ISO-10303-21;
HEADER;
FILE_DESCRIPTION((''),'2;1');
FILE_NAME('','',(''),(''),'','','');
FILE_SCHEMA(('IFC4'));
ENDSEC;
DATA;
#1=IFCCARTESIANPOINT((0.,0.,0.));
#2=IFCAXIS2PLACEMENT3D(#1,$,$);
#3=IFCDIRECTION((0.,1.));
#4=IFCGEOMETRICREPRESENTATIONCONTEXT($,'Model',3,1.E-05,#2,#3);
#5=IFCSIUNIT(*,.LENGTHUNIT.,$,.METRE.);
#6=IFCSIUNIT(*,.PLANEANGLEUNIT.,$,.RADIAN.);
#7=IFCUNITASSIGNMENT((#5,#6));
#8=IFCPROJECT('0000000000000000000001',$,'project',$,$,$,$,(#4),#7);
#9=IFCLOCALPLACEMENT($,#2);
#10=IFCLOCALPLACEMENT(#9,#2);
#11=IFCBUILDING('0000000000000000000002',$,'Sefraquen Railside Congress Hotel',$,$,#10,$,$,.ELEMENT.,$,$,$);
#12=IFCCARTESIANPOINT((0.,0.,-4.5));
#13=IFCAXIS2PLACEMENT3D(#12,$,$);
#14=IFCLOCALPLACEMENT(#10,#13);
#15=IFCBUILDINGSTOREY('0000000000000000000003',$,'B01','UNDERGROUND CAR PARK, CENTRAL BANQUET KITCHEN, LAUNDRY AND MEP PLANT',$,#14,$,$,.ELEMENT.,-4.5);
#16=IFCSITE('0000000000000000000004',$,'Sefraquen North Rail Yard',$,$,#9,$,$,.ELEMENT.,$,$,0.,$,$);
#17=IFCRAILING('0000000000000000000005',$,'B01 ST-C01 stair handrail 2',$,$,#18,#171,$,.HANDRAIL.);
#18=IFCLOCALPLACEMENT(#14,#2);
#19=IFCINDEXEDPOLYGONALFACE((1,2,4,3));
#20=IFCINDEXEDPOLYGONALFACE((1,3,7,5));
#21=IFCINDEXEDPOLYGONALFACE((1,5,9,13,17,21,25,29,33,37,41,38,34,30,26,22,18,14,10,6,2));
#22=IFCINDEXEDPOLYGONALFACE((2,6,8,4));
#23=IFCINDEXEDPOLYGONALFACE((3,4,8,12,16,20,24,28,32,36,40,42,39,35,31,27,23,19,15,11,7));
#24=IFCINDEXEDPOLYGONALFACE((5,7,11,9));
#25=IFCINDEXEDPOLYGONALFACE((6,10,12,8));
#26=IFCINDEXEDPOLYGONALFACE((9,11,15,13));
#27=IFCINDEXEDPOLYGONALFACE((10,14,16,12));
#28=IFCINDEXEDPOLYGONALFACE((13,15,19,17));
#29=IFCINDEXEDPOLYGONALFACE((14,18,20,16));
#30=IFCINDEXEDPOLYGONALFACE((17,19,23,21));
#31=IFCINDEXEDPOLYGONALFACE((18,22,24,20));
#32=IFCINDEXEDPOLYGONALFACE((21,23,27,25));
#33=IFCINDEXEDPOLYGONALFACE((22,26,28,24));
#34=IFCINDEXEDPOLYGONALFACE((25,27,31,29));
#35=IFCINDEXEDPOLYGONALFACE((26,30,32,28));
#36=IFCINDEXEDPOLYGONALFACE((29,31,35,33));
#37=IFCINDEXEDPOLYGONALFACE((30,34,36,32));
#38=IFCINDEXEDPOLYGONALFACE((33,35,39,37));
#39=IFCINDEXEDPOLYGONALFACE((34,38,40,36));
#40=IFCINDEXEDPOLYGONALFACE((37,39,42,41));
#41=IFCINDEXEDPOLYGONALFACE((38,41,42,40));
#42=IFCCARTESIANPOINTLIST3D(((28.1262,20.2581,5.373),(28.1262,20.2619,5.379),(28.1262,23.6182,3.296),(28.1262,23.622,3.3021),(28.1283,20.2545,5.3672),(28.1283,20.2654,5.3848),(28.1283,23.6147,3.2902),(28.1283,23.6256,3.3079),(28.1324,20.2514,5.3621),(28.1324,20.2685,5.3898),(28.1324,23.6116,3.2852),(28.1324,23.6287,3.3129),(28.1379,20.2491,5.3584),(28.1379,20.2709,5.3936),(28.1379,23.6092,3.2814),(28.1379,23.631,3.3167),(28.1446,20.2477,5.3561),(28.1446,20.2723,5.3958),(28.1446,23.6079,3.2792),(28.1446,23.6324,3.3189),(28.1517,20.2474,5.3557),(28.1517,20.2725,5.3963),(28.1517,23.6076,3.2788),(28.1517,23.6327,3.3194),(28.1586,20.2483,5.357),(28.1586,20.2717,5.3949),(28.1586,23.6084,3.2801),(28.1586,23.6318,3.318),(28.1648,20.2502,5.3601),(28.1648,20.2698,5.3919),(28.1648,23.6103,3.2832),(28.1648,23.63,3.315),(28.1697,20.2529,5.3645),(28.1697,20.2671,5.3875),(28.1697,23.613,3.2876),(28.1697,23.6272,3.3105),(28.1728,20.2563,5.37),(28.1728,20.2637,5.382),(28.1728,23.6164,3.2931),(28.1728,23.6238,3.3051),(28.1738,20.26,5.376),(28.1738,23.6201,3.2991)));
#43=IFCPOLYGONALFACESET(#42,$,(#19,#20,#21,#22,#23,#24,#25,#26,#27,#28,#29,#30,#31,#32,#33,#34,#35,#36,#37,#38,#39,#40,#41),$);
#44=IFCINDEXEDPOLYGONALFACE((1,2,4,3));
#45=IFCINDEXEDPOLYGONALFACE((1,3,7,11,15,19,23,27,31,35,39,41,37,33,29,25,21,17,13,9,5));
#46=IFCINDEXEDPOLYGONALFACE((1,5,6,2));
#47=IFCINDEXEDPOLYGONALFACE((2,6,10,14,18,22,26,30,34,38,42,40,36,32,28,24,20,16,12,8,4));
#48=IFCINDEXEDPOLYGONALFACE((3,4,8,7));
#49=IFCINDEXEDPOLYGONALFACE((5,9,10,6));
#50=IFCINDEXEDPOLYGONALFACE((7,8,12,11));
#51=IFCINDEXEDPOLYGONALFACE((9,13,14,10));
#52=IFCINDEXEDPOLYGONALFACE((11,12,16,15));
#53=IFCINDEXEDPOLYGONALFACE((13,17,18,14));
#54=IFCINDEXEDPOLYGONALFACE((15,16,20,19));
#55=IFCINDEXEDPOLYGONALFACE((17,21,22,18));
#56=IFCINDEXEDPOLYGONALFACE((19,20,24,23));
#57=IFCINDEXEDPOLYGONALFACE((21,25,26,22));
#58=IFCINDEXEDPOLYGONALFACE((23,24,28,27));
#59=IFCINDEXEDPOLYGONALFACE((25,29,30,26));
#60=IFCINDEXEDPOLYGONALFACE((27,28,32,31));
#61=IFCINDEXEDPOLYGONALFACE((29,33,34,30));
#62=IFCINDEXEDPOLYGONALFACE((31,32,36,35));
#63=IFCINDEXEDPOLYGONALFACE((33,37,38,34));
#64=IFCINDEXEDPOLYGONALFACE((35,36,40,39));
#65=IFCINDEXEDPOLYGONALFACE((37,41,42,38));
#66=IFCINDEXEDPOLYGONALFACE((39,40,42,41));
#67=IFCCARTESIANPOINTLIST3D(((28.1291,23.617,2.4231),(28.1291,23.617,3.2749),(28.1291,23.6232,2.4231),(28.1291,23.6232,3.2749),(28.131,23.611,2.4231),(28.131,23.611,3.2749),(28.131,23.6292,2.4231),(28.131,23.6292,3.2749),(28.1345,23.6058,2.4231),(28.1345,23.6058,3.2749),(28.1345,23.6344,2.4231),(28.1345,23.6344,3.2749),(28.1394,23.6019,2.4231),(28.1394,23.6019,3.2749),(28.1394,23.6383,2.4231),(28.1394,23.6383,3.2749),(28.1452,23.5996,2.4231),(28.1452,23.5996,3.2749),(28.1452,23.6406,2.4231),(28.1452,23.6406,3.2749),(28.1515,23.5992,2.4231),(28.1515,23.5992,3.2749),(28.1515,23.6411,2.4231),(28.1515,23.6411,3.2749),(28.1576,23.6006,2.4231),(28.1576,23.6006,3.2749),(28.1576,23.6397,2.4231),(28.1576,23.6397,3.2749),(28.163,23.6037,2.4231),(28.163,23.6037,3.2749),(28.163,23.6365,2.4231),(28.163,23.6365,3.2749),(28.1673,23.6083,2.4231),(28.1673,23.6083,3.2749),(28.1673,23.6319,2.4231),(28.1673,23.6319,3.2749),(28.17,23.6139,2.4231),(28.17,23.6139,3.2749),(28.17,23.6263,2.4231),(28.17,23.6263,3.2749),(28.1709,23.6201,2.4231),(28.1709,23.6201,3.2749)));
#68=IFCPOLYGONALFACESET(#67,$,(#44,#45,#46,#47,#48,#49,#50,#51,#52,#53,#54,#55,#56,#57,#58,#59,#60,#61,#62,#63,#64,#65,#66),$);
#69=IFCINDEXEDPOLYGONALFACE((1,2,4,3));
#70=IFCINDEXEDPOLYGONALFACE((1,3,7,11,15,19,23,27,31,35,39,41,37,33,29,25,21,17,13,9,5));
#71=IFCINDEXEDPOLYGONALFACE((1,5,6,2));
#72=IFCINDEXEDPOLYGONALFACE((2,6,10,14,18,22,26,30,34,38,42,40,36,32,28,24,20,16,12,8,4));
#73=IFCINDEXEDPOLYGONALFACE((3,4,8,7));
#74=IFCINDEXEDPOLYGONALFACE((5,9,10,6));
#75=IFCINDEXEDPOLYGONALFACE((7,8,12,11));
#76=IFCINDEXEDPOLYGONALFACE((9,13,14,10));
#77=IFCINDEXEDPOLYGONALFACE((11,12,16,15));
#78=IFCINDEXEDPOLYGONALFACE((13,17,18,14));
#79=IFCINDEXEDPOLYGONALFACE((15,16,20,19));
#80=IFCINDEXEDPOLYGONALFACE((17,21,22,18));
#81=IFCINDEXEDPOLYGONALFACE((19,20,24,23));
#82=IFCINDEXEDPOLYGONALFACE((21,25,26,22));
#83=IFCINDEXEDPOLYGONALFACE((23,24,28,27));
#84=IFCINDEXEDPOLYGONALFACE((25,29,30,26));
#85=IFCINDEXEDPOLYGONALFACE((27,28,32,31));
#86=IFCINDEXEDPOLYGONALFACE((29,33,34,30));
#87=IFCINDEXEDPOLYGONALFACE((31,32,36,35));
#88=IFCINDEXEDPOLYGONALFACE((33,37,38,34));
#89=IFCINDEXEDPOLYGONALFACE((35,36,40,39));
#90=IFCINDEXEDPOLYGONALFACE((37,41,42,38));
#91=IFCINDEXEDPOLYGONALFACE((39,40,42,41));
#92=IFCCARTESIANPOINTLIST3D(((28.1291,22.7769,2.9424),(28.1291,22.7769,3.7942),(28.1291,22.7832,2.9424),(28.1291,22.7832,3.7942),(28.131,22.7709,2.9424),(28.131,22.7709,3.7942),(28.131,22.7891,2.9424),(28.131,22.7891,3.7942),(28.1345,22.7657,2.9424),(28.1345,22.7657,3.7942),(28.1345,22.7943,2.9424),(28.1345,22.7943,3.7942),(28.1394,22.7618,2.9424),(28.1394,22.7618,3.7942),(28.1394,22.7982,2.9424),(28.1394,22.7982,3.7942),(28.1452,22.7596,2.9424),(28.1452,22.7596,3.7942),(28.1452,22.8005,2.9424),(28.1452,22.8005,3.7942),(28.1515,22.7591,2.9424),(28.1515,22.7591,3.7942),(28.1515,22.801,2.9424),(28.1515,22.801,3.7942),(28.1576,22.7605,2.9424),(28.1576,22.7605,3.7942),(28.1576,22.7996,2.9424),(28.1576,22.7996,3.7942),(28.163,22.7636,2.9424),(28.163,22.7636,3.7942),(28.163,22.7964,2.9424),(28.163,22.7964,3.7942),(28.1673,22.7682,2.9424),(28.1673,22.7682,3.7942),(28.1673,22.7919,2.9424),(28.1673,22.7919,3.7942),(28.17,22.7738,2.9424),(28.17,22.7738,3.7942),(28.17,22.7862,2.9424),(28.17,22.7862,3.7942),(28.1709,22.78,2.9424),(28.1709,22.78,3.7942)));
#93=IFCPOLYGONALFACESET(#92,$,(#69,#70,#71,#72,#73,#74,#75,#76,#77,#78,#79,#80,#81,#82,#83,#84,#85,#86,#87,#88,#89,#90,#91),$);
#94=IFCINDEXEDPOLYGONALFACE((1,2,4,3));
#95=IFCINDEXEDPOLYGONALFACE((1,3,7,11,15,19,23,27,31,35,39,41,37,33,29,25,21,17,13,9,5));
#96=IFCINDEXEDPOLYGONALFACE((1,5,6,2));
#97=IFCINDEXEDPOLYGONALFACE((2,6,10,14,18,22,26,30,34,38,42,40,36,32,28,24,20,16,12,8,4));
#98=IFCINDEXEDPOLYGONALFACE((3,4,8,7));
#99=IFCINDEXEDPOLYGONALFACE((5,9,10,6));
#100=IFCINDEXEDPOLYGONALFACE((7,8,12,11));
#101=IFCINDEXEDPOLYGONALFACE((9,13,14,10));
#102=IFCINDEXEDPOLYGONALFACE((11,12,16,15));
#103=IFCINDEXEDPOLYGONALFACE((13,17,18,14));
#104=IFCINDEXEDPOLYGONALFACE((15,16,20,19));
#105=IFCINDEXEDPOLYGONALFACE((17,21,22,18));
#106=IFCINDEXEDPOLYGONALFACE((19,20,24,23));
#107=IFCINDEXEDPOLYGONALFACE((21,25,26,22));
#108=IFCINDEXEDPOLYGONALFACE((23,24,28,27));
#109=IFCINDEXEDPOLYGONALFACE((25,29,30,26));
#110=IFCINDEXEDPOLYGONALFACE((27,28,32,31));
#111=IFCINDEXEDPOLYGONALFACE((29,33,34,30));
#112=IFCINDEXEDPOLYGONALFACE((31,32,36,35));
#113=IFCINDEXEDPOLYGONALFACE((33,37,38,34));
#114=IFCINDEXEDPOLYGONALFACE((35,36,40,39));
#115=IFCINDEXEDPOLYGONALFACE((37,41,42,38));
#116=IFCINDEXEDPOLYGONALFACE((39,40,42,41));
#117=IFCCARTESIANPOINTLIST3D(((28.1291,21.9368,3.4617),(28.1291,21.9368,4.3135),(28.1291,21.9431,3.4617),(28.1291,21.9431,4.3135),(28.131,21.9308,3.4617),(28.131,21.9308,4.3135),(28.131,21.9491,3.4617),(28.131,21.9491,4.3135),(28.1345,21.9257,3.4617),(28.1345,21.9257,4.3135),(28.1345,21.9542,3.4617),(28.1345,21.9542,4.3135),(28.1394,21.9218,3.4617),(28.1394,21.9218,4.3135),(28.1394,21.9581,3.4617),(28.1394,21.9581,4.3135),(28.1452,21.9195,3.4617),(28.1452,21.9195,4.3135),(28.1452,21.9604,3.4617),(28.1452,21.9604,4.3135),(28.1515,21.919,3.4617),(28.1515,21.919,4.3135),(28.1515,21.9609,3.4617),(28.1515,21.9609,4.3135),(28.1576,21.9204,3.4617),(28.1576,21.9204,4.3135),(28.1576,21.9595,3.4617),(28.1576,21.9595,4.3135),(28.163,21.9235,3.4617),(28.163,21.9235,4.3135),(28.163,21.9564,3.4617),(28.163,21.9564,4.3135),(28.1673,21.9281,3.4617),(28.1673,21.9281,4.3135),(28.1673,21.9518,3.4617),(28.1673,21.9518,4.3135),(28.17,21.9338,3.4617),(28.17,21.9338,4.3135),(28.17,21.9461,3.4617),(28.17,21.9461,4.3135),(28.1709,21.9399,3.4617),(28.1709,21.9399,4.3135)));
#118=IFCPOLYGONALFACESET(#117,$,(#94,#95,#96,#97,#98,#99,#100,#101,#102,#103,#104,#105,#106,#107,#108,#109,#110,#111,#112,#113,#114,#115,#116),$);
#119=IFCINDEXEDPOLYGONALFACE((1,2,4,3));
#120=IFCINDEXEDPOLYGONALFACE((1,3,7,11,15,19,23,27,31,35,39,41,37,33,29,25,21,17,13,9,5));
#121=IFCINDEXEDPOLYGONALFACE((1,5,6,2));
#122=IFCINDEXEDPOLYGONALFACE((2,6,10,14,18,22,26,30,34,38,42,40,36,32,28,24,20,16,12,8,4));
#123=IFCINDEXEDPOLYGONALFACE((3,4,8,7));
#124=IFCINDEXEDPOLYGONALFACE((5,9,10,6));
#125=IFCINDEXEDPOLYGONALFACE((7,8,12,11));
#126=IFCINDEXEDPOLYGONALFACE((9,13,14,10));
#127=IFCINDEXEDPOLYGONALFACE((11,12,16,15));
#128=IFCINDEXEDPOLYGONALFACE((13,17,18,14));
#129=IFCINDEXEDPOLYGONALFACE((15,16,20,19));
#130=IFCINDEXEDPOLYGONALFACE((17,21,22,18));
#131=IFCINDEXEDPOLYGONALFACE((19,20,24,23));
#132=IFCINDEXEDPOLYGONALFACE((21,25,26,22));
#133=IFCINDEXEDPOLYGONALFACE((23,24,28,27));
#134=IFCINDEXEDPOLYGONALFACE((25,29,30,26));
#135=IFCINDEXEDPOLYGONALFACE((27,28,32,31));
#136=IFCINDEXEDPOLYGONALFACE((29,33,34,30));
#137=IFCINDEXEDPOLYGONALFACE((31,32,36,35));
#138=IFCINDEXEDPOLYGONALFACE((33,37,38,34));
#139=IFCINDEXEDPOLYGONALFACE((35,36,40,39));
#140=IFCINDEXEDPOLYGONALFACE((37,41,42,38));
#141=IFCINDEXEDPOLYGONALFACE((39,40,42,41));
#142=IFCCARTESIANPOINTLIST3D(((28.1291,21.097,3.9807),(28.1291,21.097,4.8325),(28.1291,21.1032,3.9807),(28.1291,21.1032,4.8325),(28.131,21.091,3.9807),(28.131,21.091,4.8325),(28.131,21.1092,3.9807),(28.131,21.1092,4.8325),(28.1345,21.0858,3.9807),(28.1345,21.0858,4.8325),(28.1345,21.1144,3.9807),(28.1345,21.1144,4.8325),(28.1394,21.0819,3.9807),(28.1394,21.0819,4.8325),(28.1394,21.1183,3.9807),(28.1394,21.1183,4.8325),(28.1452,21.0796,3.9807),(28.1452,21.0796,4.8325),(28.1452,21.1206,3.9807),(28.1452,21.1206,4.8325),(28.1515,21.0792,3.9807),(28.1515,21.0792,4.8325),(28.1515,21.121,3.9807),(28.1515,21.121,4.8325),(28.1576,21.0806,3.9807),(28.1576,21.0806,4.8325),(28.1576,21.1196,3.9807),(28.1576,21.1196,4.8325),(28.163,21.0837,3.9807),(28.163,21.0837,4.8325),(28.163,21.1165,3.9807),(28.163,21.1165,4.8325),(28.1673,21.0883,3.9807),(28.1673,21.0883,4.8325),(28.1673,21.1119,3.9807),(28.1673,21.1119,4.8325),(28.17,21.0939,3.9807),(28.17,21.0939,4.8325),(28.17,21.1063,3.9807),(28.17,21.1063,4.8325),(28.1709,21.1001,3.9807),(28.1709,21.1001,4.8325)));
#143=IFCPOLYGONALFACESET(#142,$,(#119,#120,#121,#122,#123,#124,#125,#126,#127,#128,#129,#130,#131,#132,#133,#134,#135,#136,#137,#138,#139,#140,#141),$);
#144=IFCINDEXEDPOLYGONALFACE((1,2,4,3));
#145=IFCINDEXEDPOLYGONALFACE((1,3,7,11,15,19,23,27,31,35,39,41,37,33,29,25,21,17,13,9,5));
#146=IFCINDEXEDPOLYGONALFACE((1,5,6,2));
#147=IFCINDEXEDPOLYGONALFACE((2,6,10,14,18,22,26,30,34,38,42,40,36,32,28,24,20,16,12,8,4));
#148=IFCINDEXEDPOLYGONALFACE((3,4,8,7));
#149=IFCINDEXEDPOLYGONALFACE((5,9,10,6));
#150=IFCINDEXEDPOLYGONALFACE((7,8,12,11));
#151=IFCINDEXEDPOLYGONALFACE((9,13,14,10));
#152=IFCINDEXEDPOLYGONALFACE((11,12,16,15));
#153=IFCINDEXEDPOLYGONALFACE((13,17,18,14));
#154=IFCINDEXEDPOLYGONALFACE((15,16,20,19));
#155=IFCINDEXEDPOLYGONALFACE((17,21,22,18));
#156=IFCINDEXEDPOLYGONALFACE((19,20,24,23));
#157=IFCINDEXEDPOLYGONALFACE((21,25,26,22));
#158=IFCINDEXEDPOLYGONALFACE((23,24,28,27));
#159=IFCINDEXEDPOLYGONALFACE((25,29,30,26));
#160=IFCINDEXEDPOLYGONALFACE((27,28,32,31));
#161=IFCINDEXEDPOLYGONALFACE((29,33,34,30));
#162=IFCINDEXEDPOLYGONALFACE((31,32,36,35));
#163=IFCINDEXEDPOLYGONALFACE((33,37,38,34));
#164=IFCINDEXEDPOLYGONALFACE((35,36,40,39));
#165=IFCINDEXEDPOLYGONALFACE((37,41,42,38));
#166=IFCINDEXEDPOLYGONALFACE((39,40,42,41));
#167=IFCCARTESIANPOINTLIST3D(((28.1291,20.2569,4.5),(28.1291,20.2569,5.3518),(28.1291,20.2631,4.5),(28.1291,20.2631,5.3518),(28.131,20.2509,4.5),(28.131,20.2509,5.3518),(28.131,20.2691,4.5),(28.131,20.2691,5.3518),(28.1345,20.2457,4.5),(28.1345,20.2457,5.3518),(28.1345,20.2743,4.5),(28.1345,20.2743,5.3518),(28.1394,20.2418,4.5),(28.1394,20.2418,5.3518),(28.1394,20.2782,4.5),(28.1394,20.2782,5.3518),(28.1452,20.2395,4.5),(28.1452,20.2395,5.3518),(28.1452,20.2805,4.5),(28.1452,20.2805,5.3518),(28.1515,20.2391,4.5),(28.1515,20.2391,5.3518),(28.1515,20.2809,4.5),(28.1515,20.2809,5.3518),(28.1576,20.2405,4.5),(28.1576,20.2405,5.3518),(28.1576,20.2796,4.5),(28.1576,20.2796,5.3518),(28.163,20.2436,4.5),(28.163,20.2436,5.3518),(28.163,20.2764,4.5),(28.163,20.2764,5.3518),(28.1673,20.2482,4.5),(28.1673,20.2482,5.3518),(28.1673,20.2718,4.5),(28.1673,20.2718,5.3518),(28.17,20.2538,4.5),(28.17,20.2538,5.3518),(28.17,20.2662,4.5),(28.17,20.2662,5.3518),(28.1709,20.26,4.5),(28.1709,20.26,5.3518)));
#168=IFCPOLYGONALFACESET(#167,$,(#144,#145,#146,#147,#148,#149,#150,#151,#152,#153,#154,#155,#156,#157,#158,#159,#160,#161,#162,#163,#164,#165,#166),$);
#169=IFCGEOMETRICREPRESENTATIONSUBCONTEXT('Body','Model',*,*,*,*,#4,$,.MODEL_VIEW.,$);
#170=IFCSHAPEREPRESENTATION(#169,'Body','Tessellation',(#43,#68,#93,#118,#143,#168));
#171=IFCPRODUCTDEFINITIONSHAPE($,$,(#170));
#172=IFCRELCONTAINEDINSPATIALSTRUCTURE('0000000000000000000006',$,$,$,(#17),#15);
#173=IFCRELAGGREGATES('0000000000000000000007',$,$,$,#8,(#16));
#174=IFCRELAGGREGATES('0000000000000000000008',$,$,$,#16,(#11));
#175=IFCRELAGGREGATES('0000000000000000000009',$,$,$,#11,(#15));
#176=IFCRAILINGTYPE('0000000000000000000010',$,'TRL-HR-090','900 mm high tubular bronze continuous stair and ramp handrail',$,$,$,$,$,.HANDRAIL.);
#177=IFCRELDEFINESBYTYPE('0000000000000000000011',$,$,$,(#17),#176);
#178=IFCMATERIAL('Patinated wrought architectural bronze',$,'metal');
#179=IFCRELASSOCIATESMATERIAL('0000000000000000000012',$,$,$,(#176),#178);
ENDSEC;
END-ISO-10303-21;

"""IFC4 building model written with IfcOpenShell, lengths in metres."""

from ifc_helpers import new_model, si_unit, direction, frame, origin, origin_2d, place, context, subcontext, project, spatial, circle, extrude, material, type_object, element, save


model = new_model("IFC4")

# Units and contexts
model_context = context("Model", 3, precision=1e-05, world=origin(), true_north=direction((0.0, 1.0)))
body_context = subcontext(model_context, "Body", "Model", "MODEL_VIEW")
ifc_project = project(units=[si_unit("LENGTHUNIT", "METRE"), si_unit("PLANEANGLEUNIT", "RADIAN")], contexts=[model_context])

# Site, building, storey
site_placement = place(None, origin())
site = spatial("IfcSite", under=ifc_project, at=site_placement, Name="Sefraquen North Rail Yard", CompositionType="ELEMENT", RefElevation=0.0)
building_placement = place(site_placement, origin())
building = spatial("IfcBuilding", under=site, at=building_placement, Name="Sefraquen Railside Congress Hotel", CompositionType="ELEMENT")
storey_placement = place(building_placement, frame((0.0, 0.0, -4.5)))
storey = spatial("IfcBuildingStorey", under=building, at=storey_placement, Name="B01", Description="UNDERGROUND CAR PARK, CENTRAL BANQUET KITCHEN, LAUNDRY AND MEP PLANT", CompositionType="ELEMENT", Elevation=-4.5)

# Railing
ifc_material_1 = material(Name="Patinated wrought architectural bronze", Category="metal")
railing_type_1 = type_object("IfcRailingType", Name="TRL-HR-090", Description="900 mm high tubular bronze continuous stair and ramp handrail", PredefinedType="HANDRAIL", material=ifc_material_1)
railing_1_placement = place(storey_placement, frame((28.1499, 23.6201, 2.4231)))
element("IfcRailing", 1, at=railing_1_placement, inside=storey, type_object=railing_type_1, Name="B01 ST-C01 stair handrail 2", PredefinedType="HANDRAIL", context=body_context, shape_type="SweptSolid", body=[
    extrude(circle(Radius=0.0239, at=origin_2d()), frame((0.0, 0.0, 0.876), z_axis=(0.0, -0.850623, 0.525776), x_axis=(1.0, 0.0, 0.0)), (0.0, 0.0, 1.0), 3.9502),
    extrude(circle(Radius=0.021, at=origin_2d()), origin(), (0.0, 0.0, 1.0), 0.8518),
    extrude(circle(Radius=0.021, at=origin_2d()), frame((0.0, -0.8401, 0.5193)), (0.0, 0.0, 1.0), 0.8518),
    extrude(circle(Radius=0.021, at=origin_2d()), frame((0.0, -1.6802, 1.0386)), (0.0, 0.0, 1.0), 0.8518),
    extrude(circle(Radius=0.021, at=origin_2d()), frame((0.0, -2.52, 1.5576)), (0.0, 0.0, 1.0), 0.8518),
    extrude(circle(Radius=0.021, at=origin_2d()), frame((0.0, -3.3601, 2.0769)), (0.0, 0.0, 1.0), 0.8518),
])

save(model, "model.ifc")
